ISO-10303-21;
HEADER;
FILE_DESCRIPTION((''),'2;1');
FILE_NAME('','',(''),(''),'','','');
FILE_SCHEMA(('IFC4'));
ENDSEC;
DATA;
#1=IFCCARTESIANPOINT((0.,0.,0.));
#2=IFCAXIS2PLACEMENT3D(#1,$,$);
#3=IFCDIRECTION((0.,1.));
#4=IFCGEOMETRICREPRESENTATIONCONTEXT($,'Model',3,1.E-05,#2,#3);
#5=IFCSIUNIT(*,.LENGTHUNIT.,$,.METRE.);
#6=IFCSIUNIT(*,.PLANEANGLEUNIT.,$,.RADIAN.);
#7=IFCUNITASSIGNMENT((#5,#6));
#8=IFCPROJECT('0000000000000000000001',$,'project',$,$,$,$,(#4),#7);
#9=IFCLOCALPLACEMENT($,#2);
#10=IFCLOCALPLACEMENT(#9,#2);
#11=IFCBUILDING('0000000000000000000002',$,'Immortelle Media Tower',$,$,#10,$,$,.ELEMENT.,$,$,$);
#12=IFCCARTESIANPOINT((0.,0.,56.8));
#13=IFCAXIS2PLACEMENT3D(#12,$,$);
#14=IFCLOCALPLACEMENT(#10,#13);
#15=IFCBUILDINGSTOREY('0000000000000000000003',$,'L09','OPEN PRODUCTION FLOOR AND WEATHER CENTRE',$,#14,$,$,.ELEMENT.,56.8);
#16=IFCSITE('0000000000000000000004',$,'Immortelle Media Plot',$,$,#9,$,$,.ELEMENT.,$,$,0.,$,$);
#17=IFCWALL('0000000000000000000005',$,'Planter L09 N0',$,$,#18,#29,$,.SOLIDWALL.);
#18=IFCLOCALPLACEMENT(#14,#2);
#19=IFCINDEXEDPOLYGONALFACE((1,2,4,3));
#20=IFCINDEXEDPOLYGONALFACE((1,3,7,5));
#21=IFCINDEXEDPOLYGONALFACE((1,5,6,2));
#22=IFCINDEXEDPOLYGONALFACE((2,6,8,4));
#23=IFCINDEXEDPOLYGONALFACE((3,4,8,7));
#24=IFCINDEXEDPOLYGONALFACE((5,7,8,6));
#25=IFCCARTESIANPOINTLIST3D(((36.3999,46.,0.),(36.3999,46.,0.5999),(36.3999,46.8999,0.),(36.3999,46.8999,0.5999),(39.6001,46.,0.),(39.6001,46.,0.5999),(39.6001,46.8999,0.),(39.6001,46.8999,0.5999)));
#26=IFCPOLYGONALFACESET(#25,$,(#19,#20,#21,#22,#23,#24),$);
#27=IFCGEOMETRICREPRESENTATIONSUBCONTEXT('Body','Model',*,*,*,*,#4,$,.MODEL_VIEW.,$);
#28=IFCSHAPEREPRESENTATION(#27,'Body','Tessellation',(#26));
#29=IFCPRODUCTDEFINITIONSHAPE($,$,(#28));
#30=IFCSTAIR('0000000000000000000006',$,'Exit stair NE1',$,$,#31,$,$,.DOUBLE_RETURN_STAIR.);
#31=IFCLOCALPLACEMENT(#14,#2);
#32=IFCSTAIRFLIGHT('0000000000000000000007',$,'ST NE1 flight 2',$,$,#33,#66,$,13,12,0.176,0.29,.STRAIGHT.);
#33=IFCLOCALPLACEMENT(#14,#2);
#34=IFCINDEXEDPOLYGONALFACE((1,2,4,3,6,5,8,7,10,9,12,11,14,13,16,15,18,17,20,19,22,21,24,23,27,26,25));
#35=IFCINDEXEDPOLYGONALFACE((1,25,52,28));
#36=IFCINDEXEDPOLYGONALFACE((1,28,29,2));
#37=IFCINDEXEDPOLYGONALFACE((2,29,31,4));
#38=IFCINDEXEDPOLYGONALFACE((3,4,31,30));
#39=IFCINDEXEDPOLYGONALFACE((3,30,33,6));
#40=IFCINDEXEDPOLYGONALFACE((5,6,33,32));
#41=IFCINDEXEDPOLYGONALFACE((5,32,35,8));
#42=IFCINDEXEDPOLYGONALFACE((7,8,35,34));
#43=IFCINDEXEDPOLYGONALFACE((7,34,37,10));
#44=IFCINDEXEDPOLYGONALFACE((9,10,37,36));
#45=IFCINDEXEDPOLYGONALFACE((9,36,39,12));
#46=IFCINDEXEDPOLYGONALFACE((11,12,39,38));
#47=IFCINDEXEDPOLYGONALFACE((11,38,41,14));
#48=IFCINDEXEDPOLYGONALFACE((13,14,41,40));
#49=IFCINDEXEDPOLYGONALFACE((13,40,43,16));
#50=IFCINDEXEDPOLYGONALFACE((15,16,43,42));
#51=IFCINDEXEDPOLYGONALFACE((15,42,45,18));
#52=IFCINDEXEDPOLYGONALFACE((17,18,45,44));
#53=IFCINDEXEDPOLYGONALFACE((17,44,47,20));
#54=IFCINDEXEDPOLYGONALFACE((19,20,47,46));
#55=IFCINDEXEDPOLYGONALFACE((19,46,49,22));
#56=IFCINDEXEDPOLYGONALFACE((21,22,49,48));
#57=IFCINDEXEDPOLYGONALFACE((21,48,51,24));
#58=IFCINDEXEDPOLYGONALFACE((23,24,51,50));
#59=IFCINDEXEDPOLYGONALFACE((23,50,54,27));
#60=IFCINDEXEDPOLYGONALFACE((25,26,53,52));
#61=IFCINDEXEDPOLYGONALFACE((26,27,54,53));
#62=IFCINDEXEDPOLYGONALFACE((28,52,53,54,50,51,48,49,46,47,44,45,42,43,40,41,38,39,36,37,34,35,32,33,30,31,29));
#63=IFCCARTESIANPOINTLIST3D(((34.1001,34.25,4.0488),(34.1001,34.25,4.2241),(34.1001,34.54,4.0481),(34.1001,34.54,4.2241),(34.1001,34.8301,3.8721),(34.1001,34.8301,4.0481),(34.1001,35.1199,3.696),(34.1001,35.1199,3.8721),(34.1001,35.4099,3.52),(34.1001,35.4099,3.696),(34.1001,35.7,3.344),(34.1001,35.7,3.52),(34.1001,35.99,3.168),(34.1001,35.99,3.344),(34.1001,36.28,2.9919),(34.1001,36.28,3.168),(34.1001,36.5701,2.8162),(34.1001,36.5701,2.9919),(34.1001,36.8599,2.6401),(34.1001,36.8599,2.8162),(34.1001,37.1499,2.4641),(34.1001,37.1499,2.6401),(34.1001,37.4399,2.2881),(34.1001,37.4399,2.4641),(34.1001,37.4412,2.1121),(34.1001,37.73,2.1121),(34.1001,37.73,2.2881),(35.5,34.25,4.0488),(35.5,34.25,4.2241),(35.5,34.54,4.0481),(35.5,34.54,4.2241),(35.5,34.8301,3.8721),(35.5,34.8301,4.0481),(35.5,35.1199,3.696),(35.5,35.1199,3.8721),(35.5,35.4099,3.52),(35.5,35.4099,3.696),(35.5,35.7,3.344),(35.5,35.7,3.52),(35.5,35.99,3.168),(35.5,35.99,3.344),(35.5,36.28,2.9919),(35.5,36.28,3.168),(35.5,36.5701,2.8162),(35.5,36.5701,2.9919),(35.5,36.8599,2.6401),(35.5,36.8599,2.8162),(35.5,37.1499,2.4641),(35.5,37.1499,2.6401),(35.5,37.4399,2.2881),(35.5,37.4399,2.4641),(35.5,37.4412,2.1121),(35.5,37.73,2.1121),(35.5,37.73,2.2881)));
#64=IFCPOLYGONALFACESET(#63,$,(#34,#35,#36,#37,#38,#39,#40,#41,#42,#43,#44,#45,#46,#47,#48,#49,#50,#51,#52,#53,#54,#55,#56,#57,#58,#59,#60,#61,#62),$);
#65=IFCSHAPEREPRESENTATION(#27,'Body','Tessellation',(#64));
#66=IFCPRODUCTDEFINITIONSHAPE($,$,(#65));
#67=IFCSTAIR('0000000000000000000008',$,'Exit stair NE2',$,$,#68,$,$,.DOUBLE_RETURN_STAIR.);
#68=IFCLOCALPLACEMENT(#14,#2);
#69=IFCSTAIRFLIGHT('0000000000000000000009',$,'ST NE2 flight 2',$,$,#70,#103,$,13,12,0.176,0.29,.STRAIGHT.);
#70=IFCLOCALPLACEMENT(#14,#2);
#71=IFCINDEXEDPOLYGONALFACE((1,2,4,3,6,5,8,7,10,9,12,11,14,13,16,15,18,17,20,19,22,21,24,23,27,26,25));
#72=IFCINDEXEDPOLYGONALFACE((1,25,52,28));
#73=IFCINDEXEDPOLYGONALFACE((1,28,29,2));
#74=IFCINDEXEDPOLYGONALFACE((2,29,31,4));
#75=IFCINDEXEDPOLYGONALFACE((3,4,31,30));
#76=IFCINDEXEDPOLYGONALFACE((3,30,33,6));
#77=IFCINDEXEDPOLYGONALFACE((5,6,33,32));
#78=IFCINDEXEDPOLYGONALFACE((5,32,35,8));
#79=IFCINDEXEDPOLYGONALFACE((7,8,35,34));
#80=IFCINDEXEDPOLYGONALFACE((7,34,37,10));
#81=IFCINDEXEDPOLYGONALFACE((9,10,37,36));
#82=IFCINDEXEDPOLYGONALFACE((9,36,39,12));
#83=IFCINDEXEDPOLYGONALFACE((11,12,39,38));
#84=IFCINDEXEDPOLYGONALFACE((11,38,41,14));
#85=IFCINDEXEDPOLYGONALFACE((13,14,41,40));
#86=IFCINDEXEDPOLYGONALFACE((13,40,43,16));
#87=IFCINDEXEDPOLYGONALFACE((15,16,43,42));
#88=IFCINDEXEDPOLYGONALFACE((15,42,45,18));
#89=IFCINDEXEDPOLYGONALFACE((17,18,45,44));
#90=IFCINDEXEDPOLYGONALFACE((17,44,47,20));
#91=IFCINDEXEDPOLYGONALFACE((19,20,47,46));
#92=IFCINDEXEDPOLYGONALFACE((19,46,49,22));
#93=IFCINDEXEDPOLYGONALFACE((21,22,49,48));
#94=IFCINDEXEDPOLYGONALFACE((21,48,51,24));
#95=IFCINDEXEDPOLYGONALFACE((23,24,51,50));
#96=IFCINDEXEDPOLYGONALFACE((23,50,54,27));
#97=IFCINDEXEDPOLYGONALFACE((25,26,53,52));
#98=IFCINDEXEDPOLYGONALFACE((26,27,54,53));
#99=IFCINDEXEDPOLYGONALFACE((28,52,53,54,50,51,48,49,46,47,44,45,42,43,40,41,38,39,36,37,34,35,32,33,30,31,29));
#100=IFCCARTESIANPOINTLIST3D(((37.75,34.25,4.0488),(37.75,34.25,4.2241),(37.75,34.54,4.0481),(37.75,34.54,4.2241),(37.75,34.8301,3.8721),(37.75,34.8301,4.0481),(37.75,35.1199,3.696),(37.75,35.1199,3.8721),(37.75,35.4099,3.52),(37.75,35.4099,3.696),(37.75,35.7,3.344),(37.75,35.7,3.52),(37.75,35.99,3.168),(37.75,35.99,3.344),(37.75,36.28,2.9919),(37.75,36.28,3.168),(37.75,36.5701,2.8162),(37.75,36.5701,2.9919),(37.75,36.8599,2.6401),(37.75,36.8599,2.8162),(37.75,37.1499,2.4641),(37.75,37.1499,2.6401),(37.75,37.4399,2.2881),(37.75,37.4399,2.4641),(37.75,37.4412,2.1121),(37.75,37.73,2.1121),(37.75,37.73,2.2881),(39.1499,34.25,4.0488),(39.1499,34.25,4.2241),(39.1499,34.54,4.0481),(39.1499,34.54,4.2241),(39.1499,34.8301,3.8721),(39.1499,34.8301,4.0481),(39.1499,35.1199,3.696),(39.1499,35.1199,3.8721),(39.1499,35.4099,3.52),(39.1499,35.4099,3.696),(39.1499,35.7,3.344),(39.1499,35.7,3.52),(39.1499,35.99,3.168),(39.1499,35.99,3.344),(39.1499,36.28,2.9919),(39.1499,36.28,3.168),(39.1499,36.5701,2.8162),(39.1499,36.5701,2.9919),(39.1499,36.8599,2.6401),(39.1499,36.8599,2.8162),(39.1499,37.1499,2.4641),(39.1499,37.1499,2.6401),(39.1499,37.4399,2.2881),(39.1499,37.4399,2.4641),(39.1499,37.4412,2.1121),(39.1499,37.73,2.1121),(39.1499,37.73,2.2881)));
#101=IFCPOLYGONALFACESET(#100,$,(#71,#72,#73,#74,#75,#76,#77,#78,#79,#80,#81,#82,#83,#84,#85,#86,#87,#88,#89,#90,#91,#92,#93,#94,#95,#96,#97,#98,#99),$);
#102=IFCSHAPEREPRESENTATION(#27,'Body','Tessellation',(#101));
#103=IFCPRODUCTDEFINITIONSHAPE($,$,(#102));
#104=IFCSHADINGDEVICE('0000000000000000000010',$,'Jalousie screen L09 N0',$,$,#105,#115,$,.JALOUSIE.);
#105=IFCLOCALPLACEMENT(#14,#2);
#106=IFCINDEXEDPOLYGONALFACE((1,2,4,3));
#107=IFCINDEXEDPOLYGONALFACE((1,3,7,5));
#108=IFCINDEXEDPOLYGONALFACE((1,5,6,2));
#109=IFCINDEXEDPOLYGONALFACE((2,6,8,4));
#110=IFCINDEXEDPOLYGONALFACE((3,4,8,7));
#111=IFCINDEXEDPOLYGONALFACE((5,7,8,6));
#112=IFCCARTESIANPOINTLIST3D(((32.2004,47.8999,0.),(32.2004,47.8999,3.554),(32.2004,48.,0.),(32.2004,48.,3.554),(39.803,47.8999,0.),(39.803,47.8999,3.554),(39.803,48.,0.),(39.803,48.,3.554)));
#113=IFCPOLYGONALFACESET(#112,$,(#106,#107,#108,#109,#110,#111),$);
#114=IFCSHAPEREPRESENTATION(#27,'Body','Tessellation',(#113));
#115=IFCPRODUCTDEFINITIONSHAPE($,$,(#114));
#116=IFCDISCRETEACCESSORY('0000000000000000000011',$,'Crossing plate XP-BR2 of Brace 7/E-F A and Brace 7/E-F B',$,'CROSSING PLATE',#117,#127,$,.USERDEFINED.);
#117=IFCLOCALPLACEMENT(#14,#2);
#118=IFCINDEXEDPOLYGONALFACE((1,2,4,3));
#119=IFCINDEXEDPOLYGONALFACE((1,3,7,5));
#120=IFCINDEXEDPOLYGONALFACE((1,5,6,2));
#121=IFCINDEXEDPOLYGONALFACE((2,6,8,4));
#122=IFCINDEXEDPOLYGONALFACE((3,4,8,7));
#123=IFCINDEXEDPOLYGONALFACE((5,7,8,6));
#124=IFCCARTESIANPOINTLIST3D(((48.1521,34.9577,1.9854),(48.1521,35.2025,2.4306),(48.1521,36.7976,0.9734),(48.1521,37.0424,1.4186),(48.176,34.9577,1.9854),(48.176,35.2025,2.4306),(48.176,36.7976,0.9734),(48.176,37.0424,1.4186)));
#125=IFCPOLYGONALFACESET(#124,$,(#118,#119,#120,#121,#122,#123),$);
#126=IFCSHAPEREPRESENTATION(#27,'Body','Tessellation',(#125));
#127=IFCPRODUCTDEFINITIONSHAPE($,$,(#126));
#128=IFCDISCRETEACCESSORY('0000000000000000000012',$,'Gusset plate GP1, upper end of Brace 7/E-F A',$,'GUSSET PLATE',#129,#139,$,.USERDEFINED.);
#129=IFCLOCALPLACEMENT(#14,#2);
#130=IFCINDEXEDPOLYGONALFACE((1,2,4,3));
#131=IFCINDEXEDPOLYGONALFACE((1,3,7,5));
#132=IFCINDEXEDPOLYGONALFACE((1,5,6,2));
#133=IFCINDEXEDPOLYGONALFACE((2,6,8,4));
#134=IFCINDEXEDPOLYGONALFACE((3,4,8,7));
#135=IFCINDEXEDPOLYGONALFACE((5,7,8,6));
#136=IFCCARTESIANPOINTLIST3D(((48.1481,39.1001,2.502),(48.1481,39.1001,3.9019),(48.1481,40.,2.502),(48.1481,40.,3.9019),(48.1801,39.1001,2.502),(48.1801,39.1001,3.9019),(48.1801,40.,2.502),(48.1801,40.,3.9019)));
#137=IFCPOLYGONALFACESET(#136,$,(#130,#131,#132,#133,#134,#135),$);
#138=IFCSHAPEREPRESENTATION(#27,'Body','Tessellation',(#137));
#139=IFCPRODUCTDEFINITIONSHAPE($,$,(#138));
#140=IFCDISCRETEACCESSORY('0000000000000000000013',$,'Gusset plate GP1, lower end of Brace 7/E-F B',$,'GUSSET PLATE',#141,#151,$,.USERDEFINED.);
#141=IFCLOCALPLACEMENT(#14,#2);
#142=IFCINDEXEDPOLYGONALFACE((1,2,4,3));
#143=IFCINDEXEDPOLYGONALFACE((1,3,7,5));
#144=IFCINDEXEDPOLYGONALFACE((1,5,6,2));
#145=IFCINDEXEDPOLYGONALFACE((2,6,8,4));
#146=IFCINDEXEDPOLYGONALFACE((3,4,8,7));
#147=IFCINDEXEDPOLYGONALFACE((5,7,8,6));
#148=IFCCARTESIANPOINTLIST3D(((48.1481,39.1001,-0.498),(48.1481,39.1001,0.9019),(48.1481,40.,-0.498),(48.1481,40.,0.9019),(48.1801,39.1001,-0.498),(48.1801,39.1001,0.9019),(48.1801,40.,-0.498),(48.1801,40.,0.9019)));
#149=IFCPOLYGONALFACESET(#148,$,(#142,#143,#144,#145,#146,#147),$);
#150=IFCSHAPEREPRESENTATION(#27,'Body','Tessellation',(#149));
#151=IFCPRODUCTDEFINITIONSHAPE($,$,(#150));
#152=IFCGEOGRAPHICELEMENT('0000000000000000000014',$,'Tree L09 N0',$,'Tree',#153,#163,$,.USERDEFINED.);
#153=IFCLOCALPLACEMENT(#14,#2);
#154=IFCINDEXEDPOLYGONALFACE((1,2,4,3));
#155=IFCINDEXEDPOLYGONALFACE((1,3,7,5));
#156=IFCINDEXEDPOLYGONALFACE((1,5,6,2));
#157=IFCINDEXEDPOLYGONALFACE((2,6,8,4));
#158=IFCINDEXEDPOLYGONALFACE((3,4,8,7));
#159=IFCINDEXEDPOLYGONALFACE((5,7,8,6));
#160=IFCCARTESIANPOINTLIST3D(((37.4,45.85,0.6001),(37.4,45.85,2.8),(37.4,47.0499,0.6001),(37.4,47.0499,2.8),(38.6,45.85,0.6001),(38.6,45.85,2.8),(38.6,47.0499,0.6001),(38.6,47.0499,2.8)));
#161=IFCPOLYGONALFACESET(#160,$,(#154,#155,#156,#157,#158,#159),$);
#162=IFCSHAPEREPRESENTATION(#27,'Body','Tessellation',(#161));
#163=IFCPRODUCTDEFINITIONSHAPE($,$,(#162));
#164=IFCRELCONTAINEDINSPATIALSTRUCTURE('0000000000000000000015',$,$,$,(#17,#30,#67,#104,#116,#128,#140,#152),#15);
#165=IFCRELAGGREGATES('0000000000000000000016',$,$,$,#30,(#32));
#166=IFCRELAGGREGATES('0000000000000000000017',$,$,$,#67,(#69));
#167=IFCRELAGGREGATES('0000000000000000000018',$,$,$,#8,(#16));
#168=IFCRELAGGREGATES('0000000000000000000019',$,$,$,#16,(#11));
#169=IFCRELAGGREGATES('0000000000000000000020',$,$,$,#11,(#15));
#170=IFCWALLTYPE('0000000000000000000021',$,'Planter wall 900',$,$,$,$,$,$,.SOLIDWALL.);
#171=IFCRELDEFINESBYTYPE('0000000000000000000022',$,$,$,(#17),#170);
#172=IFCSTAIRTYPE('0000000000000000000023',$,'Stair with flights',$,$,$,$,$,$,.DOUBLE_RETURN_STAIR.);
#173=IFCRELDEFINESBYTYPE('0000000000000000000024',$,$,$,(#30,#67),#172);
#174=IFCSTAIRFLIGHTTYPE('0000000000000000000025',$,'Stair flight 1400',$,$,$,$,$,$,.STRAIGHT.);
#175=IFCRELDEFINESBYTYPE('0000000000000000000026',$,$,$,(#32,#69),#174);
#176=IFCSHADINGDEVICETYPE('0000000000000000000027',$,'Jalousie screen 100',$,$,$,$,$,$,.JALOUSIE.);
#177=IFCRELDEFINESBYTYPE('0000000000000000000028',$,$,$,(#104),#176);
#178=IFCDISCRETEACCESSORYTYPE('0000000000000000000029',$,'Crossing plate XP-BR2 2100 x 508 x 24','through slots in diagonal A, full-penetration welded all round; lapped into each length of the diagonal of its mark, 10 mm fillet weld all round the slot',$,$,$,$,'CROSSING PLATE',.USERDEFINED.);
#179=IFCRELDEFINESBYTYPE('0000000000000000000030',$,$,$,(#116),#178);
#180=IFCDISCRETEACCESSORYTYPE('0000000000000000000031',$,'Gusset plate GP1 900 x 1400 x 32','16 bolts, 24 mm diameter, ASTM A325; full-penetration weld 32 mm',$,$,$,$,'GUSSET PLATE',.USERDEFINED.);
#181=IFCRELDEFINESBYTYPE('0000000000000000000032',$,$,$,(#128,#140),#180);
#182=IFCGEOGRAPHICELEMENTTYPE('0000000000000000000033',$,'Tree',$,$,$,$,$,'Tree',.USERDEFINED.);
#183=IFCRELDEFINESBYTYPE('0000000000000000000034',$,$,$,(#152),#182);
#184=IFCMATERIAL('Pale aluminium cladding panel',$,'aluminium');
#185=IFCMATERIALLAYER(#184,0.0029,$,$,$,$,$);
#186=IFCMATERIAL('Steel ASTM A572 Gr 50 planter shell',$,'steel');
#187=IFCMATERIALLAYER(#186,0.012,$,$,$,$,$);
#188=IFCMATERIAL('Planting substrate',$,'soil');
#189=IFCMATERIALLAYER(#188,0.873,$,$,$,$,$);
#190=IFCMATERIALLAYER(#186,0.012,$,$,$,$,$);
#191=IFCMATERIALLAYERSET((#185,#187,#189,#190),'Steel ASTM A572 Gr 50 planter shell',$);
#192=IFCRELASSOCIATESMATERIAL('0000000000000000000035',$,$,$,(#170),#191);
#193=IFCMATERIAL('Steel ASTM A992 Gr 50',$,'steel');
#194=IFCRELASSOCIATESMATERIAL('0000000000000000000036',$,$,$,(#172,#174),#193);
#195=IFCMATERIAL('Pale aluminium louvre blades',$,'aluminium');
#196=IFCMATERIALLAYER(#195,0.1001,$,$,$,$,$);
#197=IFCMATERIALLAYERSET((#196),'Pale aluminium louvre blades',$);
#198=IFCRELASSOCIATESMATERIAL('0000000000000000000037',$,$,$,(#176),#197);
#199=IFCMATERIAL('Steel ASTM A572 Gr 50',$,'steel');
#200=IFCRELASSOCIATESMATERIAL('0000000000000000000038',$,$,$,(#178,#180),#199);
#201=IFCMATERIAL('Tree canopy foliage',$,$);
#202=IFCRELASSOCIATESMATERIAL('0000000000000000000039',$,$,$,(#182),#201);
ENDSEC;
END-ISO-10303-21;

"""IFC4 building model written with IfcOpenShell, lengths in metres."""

from ifc_helpers import new_model, si_unit, direction, frame, frame_2d, origin, origin_2d, place, context, subcontext, project, spatial, polyline, rectangle, outline, extrude, material, layer, layer_set, material_profile, profile_set, type_object, element, aggregate, save


model = new_model("IFC4")

# Units and contexts
model_context = context("Model", 3, precision=1e-05, world=origin(), true_north=direction((0.0, 1.0)))
body_context = subcontext(model_context, "Body", "Model", "MODEL_VIEW")
ifc_project = project(units=[si_unit("LENGTHUNIT", "METRE"), si_unit("PLANEANGLEUNIT", "RADIAN")], contexts=[model_context])

# Site, building, storey
site_placement = place(None, origin())
site = spatial("IfcSite", under=ifc_project, at=site_placement, Name="Immortelle Media Plot", CompositionType="ELEMENT", RefElevation=0.0)
building_placement = place(site_placement, origin())
building = spatial("IfcBuilding", under=site, at=building_placement, Name="Immortelle Media Tower", CompositionType="ELEMENT")
storey_placement = place(building_placement, frame((0.0, 0.0, 56.8)))
storey = spatial("IfcBuildingStorey", under=building, at=storey_placement, Name="L09", Description="OPEN PRODUCTION FLOOR AND WEATHER CENTRE", CompositionType="ELEMENT", Elevation=56.8)

# Shared definitions
ifc_material_1 = material(Name="Steel ASTM A992 Gr 50", Category="steel")

# Shared definitions
ifc_material_2 = material(Name="Pale aluminium cladding panel", Category="aluminium")

# Wall
ifc_layer_1 = layer(ifc_material_2, 0.0029)
ifc_material_3 = material(Name="Steel ASTM A572 Gr 50 planter shell", Category="steel")
ifc_layer_2 = layer(ifc_material_3, 0.012)
ifc_material_4 = material(Name="Planting substrate", Category="soil")
ifc_layer_3 = layer(ifc_material_4, 0.873)
ifc_layer_4 = layer(ifc_material_3, 0.012)
ifc_layer_set_1 = layer_set([ifc_layer_1, ifc_layer_2, ifc_layer_3, ifc_layer_4], Name="Steel ASTM A572 Gr 50 planter shell")
wall_type_1 = type_object("IfcWallType", Name="Planter wall 900", PredefinedType="SOLIDWALL", material=ifc_layer_set_1)
wall_1_placement = place(storey_placement, frame((39.6001, 46.45, 0.0), z_axis=(0.0, 0.0, 1.0), x_axis=(-1.0, 0.0, 0.0)))
element("IfcWall", 1, at=wall_1_placement, inside=storey, type_object=wall_type_1, Name="Planter L09 N0", PredefinedType="SOLIDWALL", context=body_context, shape_type="SweptSolid", body=[
    extrude(rectangle(XDim=3.2002, YDim=0.8999, at=frame_2d((1.6001, 0.0))), origin(), (0.0, 0.0, 1.0), 0.5999),
])

# Stairs, stair flights
stair_type = type_object("IfcStairType", Name="Stair with flights", PredefinedType="DOUBLE_RETURN_STAIR", material=ifc_material_1)
stair_1_placement = place(storey_placement, origin())
stair_1 = element("IfcStair", 2, at=stair_1_placement, inside=storey, type_object=stair_type, Name="Exit stair NE1", PredefinedType="DOUBLE_RETURN_STAIR")
stair_flight_type = type_object("IfcStairFlightType", Name="Stair flight 1400", PredefinedType="STRAIGHT", material=ifc_material_1)
stair_flight_1_placement = place(storey_placement, frame((34.8, 37.73, 2.1121), z_axis=(0.0, 0.0, 1.0), x_axis=(0.0, -1.0, 0.0)))
stair_flight_1 = element("IfcStairFlight", 3, at=stair_flight_1_placement, type_object=stair_flight_type, Name="ST NE1 flight 2", NumberOfRisers=13, NumberOfTreads=12, PredefinedType="STRAIGHT", RiserHeight=0.176, TreadLength=0.29, context=body_context, shape_type="SweptSolid", body=[
    extrude(outline(polyline([(0.0, 0.0), (0.0, 0.176), (0.29, 0.176), (0.29, 0.3521), (0.5801, 0.3521), (0.5801, 0.5281), (0.8701, 0.5281), (0.8701, 0.7041), (1.1599, 0.7041), (1.1599, 0.8799), (1.45, 0.8799), (1.45, 1.0559), (1.74, 1.0559), (1.74, 1.2319), (2.03, 1.2319), (2.03, 1.408), (2.3201, 1.408), (2.3201, 1.584), (2.6101, 1.584), (2.6101, 1.76), (2.8999, 1.76), (2.8999, 1.936), (3.1899, 1.936), (3.1899, 2.1121), (3.48, 2.1121), (3.48, 2.2881), (3.48, 1.9368), (0.2888, 0.0), (0.0, 0.0)])), frame((0.0, 0.7, 0.0), z_axis=(0.0, -1.0, 0.0), x_axis=(1.0, 0.0, 0.0)), (0.0, 0.0, 1.0), 1.3999),
])
aggregate(stair_1, [stair_flight_1])
stair_2_placement = place(storey_placement, origin())
stair_2 = element("IfcStair", 4, at=stair_2_placement, inside=storey, type_object=stair_type, Name="Exit stair NE2", PredefinedType="DOUBLE_RETURN_STAIR")
stair_flight_2_placement = place(storey_placement, frame((38.45, 37.73, 2.1121), z_axis=(0.0, 0.0, 1.0), x_axis=(0.0, -1.0, 0.0)))
stair_flight_2 = element("IfcStairFlight", 5, at=stair_flight_2_placement, type_object=stair_flight_type, Name="ST NE2 flight 2", NumberOfRisers=13, NumberOfTreads=12, PredefinedType="STRAIGHT", RiserHeight=0.176, TreadLength=0.29, context=body_context, shape_type="SweptSolid", body=[
    extrude(outline(polyline([(0.0, 0.0), (0.0, 0.176), (0.29, 0.176), (0.29, 0.3521), (0.5801, 0.3521), (0.5801, 0.5281), (0.8701, 0.5281), (0.8701, 0.7041), (1.1599, 0.7041), (1.1599, 0.8799), (1.45, 0.8799), (1.45, 1.0559), (1.74, 1.0559), (1.74, 1.2319), (2.03, 1.2319), (2.03, 1.408), (2.3201, 1.408), (2.3201, 1.584), (2.6101, 1.584), (2.6101, 1.76), (2.8999, 1.76), (2.8999, 1.936), (3.1899, 1.936), (3.1899, 2.1121), (3.48, 2.1121), (3.48, 2.2881), (3.48, 1.9368), (0.2888, 0.0), (0.0, 0.0)])), frame((0.0, 0.7, 0.0), z_axis=(0.0, -1.0, 0.0), x_axis=(1.0, 0.0, 0.0)), (0.0, 0.0, 1.0), 1.3999),
])
aggregate(stair_2, [stair_flight_2])

# Shading device
ifc_material_5 = material(Name="Pale aluminium louvre blades", Category="aluminium")
ifc_layer_5 = layer(ifc_material_5, 0.1001)
ifc_layer_set_2 = layer_set([ifc_layer_5], Name="Pale aluminium louvre blades")
shading_device_type = type_object("IfcShadingDeviceType", Name="Jalousie screen 100", PredefinedType="JALOUSIE", material=ifc_layer_set_2)
shading_device_placement = place(storey_placement, frame((36.0017, 47.95, 0.0), z_axis=(0.0, 0.0, 1.0), x_axis=(-1.0, 0.0, 0.0)))
element("IfcShadingDevice", 6, at=shading_device_placement, inside=storey, type_object=shading_device_type, Name="Jalousie screen L09 N0", PredefinedType="JALOUSIE", context=body_context, shape_type="SweptSolid", body=[
    extrude(rectangle(XDim=7.6025, YDim=0.1001, at=origin_2d()), origin(), (0.0, 0.0, 1.0), 3.554),
])

# Discrete accessories
ifc_material_6 = material(Name="Steel ASTM A572 Gr 50", Category="steel")
ifc_material_profile_1 = material_profile(ifc_material_6, rectangle(XDim=0.0239, YDim=0.5081, at=origin_2d()), Name="PL 24 x 508")
ifc_profile_set_1 = profile_set([ifc_material_profile_1], Name="Steel ASTM A572 Gr 50")
discrete_accessory_type_1 = type_object("IfcDiscreteAccessoryType", Name="Crossing plate XP-BR2 2100 x 508 x 24", Description="through slots in diagonal A, full-penetration welded all round; lapped into each length of the diagonal of its mark, 10 mm fillet weld all round the slot", ElementType="CROSSING PLATE", PredefinedType="USERDEFINED", material=ifc_profile_set_1)
discrete_accessory_placement = place(storey_placement, frame((48.1641, 35.0801, 2.208), z_axis=(0.0, 0.876206, -0.481937), x_axis=(-1.0, 0.0, 0.0)))
element("IfcDiscreteAccessory", 7, at=discrete_accessory_placement, inside=storey, type_object=discrete_accessory_type_1, Name="Crossing plate XP-BR2 of Brace 7/E-F A and Brace 7/E-F B", ObjectType="CROSSING PLATE", PredefinedType="USERDEFINED", context=body_context, shape_type="SweptSolid", body=[
    extrude(rectangle(XDim=0.0239, YDim=0.5081, at=origin_2d()), origin(), (0.0, 0.0, 1.0), 2.0999),
])
ifc_material_profile_2 = material_profile(ifc_material_6, rectangle(XDim=0.032, YDim=1.3999, at=origin_2d()), Name="PL 32 x 1400")
ifc_profile_set_2 = profile_set([ifc_material_profile_2], Name="Steel ASTM A572 Gr 50")
discrete_accessory_type_2 = type_object("IfcDiscreteAccessoryType", Name="Gusset plate GP1 900 x 1400 x 32", Description="16 bolts, 24 mm diameter, ASTM A325; full-penetration weld 32 mm", ElementType="GUSSET PLATE", PredefinedType="USERDEFINED", material=ifc_profile_set_2)
for number, where, z_axis, x_axis, name in (
    (8, (48.1641, 40.0, 3.2019), (0.0, -1.0, 0.0), (1.0, 0.0, 0.0), "Gusset plate GP1, upper end of Brace 7/E-F A"),
    (9, (48.1641, 40.0, 0.2019), (0.0, -1.0, 0.0), (1.0, 0.0, 0.0), "Gusset plate GP1, lower end of Brace 7/E-F B"),
):
    element("IfcDiscreteAccessory", number, at=place(storey_placement, frame(where, z_axis=z_axis, x_axis=x_axis)), inside=storey, type_object=discrete_accessory_type_2, Name=name, ObjectType="GUSSET PLATE", PredefinedType="USERDEFINED", context=body_context, shape_type="SweptSolid", body=[
        extrude(rectangle(XDim=0.032, YDim=1.3999, at=origin_2d()), origin(), (0.0, 0.0, 1.0), 0.8999),
    ])

# Geographic element
ifc_material_7 = material(Name="Tree canopy foliage")
geographic_element_type = type_object("IfcGeographicElementType", Name="Tree", ElementType="Tree", PredefinedType="USERDEFINED", material=ifc_material_7)
geographic_element_placement = place(storey_placement, frame((38.0, 46.45, 0.6001), z_axis=(0.0, 0.0, 1.0), x_axis=(1.0, 0.0, 0.0)))
element("IfcGeographicElement", 10, at=geographic_element_placement, inside=storey, type_object=geographic_element_type, Name="Tree L09 N0", ObjectType="Tree", PredefinedType="USERDEFINED", context=body_context, shape_type="SweptSolid", body=[
    extrude(rectangle(XDim=1.2, YDim=1.2, at=origin_2d()), origin(), (0.0, 0.0, 1.0), 2.2),
])

save(model, "model.ifc")
